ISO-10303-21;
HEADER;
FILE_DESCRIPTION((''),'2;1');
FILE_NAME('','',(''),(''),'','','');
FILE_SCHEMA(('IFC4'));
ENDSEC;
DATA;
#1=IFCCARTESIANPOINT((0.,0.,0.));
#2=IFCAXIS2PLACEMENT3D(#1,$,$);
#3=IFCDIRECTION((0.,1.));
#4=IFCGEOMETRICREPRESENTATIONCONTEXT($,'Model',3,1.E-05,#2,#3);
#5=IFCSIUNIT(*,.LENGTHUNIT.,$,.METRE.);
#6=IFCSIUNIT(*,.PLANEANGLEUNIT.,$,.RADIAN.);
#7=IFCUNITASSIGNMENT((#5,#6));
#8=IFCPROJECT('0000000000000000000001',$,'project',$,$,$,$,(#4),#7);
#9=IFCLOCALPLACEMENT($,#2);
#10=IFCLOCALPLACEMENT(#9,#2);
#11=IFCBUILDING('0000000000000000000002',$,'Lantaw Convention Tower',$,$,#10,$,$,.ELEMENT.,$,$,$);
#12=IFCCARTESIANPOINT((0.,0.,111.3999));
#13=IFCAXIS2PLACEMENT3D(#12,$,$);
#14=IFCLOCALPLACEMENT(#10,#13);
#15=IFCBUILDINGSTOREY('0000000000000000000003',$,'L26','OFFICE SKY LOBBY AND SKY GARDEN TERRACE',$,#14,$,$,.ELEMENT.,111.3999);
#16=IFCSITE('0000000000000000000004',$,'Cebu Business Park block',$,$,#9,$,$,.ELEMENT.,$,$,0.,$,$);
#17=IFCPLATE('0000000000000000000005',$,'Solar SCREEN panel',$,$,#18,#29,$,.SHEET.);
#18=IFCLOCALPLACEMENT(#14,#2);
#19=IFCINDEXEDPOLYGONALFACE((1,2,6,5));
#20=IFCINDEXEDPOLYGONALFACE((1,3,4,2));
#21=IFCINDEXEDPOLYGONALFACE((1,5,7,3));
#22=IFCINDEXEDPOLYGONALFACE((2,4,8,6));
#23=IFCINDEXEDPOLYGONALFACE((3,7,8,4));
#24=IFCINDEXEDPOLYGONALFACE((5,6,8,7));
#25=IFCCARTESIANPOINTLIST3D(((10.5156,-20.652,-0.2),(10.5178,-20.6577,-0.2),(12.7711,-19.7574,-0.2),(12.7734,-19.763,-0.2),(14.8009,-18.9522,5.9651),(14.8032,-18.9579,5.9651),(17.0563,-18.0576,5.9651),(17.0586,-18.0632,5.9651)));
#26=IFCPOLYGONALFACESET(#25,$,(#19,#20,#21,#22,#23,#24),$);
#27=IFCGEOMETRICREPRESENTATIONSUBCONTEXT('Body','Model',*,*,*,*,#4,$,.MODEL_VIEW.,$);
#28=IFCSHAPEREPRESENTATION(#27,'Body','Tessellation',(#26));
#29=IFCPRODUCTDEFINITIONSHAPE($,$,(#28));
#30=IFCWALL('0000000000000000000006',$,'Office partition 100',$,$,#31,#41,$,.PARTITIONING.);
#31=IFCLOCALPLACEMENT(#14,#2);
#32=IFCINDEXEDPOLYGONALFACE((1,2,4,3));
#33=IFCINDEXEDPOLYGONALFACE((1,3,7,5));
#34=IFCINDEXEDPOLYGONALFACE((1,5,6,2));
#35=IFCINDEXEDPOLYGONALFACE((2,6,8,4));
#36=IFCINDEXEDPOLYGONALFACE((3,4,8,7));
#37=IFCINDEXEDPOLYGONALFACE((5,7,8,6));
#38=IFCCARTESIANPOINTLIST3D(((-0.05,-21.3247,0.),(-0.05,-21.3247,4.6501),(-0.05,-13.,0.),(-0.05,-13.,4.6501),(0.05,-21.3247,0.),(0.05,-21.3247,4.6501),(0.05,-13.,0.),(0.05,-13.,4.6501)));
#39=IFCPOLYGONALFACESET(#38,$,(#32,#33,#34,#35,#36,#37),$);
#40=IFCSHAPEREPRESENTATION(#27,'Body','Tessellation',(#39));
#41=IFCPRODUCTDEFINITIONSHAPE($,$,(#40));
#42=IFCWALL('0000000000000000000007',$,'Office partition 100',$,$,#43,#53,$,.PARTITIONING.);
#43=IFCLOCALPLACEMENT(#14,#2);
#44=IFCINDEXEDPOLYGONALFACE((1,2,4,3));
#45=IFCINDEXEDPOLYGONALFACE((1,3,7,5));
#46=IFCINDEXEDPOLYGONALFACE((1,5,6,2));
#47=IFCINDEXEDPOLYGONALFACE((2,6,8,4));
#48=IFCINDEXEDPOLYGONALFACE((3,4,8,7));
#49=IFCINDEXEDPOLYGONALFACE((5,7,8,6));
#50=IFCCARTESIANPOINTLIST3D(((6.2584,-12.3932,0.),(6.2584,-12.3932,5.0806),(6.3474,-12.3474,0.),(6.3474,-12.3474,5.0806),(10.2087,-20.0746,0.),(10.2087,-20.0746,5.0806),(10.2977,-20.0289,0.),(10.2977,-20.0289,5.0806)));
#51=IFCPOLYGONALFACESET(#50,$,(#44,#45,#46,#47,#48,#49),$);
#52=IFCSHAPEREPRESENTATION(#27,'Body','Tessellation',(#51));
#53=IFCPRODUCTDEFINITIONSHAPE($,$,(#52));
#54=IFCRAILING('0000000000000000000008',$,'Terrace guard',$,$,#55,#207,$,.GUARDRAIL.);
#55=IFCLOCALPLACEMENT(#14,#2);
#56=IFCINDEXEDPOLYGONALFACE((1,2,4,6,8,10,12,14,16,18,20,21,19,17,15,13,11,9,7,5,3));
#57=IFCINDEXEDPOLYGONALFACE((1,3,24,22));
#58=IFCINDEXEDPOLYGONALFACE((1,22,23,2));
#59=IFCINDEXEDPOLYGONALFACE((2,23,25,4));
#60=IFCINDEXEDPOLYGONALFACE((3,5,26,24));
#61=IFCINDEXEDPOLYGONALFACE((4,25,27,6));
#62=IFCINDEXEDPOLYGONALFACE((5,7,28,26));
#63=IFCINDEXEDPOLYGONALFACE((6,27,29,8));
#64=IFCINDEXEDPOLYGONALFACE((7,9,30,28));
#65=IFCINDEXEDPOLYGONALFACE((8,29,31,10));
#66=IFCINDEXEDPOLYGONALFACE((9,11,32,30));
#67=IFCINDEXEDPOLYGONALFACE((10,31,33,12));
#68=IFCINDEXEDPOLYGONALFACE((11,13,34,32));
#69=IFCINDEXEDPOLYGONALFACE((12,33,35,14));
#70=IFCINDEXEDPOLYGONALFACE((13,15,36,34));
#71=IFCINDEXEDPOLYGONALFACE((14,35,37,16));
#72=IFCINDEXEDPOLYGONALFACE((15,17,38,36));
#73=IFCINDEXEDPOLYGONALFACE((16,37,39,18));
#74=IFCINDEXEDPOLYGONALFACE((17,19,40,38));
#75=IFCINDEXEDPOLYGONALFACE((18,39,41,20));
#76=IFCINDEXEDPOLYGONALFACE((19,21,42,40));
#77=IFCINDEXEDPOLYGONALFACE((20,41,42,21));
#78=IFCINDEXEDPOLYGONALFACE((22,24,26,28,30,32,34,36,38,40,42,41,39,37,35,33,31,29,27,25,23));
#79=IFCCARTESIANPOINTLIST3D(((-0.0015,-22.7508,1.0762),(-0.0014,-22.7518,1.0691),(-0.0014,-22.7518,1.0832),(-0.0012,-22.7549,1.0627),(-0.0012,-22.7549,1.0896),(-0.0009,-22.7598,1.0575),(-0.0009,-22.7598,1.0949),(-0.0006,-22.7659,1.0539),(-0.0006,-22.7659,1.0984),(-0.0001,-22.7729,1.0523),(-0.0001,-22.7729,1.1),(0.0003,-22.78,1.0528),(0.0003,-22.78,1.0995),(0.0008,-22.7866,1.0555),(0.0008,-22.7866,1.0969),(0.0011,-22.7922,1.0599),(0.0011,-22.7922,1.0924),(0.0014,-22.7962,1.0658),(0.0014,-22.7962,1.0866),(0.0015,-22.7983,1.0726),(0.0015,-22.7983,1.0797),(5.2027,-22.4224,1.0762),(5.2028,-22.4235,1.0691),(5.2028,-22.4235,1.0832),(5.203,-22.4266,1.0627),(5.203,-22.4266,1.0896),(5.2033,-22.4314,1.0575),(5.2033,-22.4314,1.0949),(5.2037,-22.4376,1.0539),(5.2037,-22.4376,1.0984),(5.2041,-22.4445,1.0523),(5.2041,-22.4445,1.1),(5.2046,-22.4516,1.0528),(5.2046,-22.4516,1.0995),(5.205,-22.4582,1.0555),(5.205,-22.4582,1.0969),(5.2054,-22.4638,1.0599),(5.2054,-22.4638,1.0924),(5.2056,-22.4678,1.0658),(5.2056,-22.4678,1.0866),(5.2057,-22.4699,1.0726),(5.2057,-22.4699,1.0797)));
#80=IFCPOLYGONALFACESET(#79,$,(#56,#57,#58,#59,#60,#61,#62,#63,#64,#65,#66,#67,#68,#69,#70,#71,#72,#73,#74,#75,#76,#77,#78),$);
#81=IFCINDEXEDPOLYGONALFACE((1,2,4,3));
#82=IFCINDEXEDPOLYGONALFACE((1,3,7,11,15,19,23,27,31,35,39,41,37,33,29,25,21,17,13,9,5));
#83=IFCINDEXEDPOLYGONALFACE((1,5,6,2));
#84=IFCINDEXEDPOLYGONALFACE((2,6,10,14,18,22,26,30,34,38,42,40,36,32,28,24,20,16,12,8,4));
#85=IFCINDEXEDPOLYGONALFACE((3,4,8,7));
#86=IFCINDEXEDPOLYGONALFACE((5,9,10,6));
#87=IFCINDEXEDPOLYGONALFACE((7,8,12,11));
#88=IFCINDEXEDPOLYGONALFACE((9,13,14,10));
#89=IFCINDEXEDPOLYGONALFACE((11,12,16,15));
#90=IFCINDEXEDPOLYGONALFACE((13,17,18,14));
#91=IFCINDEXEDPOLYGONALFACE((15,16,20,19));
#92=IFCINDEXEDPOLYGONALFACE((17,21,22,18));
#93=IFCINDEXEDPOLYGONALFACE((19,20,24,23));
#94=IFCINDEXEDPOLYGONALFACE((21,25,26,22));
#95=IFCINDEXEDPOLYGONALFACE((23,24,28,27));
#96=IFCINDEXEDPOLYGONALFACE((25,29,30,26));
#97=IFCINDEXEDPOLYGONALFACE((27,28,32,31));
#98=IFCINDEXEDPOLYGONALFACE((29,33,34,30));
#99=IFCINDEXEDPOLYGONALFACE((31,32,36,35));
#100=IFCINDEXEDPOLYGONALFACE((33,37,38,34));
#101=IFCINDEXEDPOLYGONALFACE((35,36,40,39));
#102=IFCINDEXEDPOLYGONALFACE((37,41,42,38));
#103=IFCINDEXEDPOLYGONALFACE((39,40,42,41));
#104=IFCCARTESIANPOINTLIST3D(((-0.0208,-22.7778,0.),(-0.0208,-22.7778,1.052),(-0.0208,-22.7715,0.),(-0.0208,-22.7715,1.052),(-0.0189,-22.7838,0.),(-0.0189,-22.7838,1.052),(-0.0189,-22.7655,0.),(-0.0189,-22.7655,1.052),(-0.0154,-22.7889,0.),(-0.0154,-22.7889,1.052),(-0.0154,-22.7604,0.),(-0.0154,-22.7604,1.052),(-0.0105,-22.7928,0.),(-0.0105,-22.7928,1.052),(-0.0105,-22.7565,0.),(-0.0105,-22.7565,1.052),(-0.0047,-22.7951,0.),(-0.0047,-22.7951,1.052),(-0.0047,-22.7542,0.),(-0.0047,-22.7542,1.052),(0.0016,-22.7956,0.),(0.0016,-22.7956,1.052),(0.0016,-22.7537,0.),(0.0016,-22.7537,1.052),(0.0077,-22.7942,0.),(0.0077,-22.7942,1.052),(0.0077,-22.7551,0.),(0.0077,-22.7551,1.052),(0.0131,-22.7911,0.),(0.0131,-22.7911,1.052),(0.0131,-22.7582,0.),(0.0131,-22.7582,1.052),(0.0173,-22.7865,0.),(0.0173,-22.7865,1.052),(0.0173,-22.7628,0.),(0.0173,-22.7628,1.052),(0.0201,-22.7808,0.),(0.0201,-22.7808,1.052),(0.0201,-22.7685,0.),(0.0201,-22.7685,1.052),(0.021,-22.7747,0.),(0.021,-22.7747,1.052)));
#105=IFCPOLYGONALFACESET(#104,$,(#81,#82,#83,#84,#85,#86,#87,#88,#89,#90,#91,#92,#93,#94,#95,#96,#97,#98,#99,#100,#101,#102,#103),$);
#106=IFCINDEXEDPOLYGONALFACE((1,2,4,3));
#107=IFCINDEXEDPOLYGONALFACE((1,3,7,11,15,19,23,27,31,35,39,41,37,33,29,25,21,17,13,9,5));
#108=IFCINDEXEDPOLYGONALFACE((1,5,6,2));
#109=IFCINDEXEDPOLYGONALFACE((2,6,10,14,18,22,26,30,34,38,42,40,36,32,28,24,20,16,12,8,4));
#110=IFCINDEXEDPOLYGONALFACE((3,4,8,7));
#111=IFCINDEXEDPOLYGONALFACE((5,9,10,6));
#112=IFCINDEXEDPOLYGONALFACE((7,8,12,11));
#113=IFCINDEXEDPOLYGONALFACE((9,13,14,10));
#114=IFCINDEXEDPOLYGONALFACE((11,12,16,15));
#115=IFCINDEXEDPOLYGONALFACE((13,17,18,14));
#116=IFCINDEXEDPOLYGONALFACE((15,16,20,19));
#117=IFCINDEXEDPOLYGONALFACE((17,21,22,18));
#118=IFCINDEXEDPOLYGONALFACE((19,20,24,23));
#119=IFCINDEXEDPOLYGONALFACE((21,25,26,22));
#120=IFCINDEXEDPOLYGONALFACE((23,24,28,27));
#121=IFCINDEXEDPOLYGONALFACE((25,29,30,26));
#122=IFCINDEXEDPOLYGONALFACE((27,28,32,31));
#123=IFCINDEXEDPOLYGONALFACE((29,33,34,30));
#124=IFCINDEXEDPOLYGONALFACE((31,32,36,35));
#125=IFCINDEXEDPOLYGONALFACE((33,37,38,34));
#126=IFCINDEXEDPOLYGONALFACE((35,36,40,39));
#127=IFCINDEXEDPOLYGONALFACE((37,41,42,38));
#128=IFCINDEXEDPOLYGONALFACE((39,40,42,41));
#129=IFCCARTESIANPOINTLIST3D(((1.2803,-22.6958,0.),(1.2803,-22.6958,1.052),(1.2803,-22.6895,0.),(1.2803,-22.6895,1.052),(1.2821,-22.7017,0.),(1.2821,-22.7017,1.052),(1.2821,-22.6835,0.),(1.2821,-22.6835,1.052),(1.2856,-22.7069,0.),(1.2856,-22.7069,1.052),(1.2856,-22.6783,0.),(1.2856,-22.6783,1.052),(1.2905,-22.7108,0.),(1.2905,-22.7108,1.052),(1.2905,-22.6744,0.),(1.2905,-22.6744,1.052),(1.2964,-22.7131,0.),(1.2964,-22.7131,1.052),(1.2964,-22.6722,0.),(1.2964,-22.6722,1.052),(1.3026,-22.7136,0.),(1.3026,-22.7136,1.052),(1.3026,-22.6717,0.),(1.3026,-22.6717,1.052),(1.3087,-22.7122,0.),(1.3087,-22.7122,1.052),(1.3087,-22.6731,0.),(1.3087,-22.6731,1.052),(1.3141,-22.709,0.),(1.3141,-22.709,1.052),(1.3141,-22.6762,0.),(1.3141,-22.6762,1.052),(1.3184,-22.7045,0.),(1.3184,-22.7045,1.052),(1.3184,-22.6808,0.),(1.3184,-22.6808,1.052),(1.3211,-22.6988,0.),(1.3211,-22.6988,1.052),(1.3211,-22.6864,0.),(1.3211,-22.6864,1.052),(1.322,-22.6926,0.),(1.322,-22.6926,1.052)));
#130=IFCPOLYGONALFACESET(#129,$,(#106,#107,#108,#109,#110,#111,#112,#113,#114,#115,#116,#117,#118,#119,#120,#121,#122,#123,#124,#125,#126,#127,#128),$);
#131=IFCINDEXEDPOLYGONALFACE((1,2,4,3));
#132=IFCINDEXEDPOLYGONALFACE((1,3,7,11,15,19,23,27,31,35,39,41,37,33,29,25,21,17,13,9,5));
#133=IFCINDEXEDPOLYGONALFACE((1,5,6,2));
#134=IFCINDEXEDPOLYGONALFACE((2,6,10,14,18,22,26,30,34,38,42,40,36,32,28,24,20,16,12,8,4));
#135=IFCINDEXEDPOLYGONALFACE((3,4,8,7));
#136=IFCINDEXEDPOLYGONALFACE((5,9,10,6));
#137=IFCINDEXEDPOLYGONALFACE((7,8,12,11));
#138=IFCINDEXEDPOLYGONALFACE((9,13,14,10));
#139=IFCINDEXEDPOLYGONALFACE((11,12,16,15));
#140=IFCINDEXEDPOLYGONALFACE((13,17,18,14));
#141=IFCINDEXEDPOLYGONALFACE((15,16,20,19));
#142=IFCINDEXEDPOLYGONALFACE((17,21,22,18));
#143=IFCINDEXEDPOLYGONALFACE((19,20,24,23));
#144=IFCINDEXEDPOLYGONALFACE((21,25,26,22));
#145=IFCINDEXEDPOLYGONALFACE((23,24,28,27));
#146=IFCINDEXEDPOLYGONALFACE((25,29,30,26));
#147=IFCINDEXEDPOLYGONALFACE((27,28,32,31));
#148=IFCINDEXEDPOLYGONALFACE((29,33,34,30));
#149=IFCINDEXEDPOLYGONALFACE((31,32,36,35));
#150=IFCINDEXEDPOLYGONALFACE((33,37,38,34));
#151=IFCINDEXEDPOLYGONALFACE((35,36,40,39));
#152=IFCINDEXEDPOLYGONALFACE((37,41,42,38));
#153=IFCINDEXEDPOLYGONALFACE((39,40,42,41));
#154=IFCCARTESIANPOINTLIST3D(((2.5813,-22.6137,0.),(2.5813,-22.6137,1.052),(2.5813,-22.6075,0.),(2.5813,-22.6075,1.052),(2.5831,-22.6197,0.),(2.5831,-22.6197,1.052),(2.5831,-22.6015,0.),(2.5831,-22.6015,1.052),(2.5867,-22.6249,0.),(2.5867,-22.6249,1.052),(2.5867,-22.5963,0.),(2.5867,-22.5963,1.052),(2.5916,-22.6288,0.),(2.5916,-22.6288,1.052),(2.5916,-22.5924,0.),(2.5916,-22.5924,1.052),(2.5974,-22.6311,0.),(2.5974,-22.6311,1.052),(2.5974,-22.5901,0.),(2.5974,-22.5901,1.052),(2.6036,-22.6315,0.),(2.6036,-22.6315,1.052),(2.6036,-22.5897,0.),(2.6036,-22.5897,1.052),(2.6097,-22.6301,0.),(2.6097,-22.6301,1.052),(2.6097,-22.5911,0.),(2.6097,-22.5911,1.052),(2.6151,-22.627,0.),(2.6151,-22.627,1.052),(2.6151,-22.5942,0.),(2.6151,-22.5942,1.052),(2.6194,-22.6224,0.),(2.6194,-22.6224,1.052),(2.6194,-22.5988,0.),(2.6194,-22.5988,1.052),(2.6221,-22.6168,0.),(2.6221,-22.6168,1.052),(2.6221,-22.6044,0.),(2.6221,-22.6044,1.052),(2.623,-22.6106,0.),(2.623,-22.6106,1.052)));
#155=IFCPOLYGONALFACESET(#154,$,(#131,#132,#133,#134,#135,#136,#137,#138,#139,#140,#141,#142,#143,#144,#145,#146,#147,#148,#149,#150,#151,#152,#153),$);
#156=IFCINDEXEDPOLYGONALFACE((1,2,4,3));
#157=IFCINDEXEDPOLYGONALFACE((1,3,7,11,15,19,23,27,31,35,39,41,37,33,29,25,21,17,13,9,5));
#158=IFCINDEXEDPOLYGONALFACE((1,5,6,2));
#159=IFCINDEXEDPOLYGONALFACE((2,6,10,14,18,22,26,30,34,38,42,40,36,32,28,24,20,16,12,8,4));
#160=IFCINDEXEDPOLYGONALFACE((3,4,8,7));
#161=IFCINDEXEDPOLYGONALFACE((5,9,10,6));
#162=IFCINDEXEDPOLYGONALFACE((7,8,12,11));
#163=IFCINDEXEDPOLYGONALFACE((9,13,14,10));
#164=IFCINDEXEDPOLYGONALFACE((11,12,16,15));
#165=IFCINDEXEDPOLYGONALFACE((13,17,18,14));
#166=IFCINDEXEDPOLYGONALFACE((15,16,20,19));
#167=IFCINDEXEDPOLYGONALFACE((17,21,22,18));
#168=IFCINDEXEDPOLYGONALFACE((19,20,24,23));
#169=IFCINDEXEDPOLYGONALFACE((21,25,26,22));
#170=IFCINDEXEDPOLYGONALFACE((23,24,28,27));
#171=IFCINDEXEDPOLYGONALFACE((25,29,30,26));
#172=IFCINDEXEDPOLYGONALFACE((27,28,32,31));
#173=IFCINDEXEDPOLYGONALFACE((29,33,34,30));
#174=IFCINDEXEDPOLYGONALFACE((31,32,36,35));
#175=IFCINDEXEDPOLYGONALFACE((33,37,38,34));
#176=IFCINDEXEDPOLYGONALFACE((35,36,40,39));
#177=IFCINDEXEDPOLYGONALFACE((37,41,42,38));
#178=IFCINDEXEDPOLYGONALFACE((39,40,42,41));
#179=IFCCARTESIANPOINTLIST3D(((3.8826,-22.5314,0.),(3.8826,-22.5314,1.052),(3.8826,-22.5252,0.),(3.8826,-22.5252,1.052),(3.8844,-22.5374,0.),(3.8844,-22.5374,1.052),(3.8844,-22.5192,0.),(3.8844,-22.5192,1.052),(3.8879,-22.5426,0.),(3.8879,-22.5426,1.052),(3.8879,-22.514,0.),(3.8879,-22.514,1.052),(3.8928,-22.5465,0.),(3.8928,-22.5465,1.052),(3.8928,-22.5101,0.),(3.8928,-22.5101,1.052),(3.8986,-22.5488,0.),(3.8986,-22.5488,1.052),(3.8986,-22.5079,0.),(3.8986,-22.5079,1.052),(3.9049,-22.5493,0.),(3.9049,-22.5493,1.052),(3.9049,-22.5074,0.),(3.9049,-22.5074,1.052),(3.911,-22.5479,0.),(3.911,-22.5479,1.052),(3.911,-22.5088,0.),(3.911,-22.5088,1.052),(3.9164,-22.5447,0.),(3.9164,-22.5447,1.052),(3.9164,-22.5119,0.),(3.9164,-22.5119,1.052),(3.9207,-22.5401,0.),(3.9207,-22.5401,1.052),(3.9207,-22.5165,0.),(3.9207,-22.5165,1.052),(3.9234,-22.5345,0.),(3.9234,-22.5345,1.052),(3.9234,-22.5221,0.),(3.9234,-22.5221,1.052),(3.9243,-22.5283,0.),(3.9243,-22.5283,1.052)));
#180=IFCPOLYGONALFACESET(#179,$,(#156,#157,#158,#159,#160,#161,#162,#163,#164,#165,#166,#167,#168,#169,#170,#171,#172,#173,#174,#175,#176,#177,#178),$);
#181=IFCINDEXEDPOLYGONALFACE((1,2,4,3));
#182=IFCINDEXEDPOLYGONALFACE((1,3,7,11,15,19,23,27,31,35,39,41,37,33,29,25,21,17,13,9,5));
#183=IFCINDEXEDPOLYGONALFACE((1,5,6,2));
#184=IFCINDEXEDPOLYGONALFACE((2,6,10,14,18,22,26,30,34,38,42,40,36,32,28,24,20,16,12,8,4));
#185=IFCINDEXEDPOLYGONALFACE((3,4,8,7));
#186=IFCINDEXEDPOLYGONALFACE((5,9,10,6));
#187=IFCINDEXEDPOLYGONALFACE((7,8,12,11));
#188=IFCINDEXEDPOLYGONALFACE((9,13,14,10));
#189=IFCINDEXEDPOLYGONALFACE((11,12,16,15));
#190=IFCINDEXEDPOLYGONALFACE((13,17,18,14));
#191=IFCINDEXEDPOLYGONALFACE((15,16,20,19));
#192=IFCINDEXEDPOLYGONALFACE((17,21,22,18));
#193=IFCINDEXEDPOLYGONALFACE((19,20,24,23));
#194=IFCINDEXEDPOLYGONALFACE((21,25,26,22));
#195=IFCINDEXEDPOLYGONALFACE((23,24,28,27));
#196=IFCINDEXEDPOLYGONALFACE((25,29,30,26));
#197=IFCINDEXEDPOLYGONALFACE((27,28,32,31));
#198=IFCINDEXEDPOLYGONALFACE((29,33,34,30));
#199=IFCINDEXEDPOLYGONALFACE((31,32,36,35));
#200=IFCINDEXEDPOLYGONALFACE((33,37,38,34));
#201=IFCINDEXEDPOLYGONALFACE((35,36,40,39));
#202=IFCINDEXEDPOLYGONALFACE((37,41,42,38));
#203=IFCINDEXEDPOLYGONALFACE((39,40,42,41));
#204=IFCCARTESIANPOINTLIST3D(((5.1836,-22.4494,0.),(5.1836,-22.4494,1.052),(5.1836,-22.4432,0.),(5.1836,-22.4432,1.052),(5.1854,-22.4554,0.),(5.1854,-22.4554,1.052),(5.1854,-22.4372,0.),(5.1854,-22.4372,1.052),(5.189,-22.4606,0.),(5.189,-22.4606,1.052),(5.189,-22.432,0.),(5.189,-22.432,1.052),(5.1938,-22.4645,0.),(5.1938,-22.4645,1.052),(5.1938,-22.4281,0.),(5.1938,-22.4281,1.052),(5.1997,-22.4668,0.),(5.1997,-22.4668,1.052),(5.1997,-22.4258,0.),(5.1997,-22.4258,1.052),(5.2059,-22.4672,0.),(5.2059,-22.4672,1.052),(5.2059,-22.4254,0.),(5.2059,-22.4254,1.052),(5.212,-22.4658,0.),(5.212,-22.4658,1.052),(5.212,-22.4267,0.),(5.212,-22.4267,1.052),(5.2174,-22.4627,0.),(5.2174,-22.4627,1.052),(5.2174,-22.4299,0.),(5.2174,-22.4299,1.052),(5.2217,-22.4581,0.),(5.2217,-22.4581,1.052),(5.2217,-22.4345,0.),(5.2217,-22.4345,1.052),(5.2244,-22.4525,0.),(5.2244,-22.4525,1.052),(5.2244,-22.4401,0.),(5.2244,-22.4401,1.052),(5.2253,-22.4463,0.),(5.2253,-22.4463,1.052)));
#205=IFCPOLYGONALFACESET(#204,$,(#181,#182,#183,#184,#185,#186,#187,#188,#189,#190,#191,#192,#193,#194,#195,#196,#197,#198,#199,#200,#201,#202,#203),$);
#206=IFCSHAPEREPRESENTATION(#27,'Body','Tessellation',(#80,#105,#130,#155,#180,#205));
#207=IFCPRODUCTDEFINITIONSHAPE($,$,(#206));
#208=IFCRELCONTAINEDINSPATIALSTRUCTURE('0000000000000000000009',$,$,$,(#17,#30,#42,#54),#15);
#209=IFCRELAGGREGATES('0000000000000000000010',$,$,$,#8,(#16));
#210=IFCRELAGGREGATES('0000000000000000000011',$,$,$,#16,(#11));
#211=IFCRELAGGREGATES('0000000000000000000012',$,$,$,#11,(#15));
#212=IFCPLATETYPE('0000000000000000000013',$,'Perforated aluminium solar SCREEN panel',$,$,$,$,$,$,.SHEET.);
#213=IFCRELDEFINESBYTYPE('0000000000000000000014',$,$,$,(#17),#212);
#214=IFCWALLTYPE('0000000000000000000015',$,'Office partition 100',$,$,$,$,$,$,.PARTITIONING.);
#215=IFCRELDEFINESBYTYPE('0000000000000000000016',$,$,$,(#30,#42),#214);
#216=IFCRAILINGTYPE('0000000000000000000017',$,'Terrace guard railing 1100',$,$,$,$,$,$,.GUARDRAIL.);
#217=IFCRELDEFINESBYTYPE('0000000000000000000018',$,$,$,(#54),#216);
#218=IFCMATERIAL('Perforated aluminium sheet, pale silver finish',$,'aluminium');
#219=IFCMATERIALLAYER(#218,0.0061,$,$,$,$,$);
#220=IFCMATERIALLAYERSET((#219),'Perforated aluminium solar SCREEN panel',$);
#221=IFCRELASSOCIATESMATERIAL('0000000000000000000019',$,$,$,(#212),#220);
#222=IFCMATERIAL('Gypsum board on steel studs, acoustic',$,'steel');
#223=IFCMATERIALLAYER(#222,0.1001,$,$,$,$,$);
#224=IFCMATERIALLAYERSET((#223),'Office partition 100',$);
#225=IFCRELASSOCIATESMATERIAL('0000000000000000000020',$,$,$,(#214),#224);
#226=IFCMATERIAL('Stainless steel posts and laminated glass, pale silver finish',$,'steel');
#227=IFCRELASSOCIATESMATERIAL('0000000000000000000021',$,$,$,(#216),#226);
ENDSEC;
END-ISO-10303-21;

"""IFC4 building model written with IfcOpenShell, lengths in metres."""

from ifc_helpers import new_model, si_unit, direction, frame, frame_2d, origin, origin_2d, place, context, subcontext, project, spatial, polyline, rectangle, circle, outline, extrude, material, layer, layer_set, type_object, element, save


model = new_model("IFC4")

# Units and contexts
model_context = context("Model", 3, precision=1e-05, world=origin(), true_north=direction((0.0, 1.0)))
body_context = subcontext(model_context, "Body", "Model", "MODEL_VIEW")
ifc_project = project(units=[si_unit("LENGTHUNIT", "METRE"), si_unit("PLANEANGLEUNIT", "RADIAN")], contexts=[model_context])

# Site, building, storey
site_placement = place(None, origin())
site = spatial("IfcSite", under=ifc_project, at=site_placement, Name="Cebu Business Park block", CompositionType="ELEMENT", RefElevation=0.0)
building_placement = place(site_placement, origin())
building = spatial("IfcBuilding", under=site, at=building_placement, Name="Lantaw Convention Tower", CompositionType="ELEMENT")
storey_placement = place(building_placement, frame((0.0, 0.0, 111.3999)))
storey = spatial("IfcBuildingStorey", under=building, at=storey_placement, Name="L26", Description="OFFICE SKY LOBBY AND SKY GARDEN TERRACE", CompositionType="ELEMENT", Elevation=111.3999)

# Plate
ifc_material_1 = material(Name="Perforated aluminium sheet, pale silver finish", Category="aluminium")
ifc_layer_1 = layer(ifc_material_1, 0.0061)
ifc_layer_set_1 = layer_set([ifc_layer_1], Name="Perforated aluminium solar SCREEN panel")
plate_type_1 = type_object("IfcPlateType", Name="Perforated aluminium solar SCREEN panel", PredefinedType="SHEET", material=ifc_layer_set_1)
plate_1_placement = place(storey_placement, frame((10.5178, -20.6577, -0.2), z_axis=(0.368709, -0.929545, 0.000008), x_axis=(0.929545, 0.368709, 0.0)))
element("IfcPlate", 1, at=plate_1_placement, inside=storey, type_object=plate_type_1, Name="Solar SCREEN panel", PredefinedType="SHEET", context=body_context, shape_type="SweptSolid", body=[
    extrude(outline(polyline([(0.0, 0.0), (2.4265, 0.0), (7.0365, 6.165), (4.6102, 6.165), (0.0, 0.0)])), origin(), (0.0, 0.0, -1.0), 0.0061),
])

# Walls
ifc_material_2 = material(Name="Gypsum board on steel studs, acoustic", Category="steel")
ifc_layer_2 = layer(ifc_material_2, 0.1001)
ifc_layer_set_2 = layer_set([ifc_layer_2], Name="Office partition 100")
wall_type = type_object("IfcWallType", Name="Office partition 100", PredefinedType="PARTITIONING", material=ifc_layer_set_2)
wall_1_placement = place(storey_placement, frame((0.0, -21.3247, 0.0), z_axis=(0.0, 0.0, 1.0), x_axis=(0.0, 1.0, 0.0)))
element("IfcWall", 2, at=wall_1_placement, inside=storey, type_object=wall_type, Name="Office partition 100", PredefinedType="PARTITIONING", context=body_context, shape_type="SweptSolid", body=[
    extrude(rectangle(XDim=8.3247, YDim=0.1001, at=frame_2d((4.1624, 0.0))), origin(), (0.0, 0.0, 1.0), 4.6501),
])
wall_2_placement = place(storey_placement, frame((10.2532, -20.0518, 0.0), z_axis=(0.0, 0.0, 1.0), x_axis=(-0.457326, 0.889299, 0.0)))
element("IfcWall", 3, at=wall_2_placement, inside=storey, type_object=wall_type, Name="Office partition 100", PredefinedType="PARTITIONING", context=body_context, shape_type="SweptSolid", body=[
    extrude(rectangle(XDim=8.6377, YDim=0.1001, at=frame_2d((4.3188, 0.0))), origin(), (0.0, 0.0, 1.0), 5.0806),
])

# Railing
ifc_material_3 = material(Name="Stainless steel posts and laminated glass, pale silver finish", Category="steel")
railing_type = type_object("IfcRailingType", Name="Terrace guard railing 1100", PredefinedType="GUARDRAIL", material=ifc_material_3)
railing_1_placement = place(storey_placement, frame((0.0, -22.7747, 0.0)))
element("IfcRailing", 4, at=railing_1_placement, inside=storey, type_object=railing_type, Name="Terrace guard", PredefinedType="GUARDRAIL", context=body_context, shape_type="SweptSolid", body=[
    extrude(circle(Radius=0.0239, at=origin_2d()), frame((0.0, 0.0, 1.0762), z_axis=(0.998015, 0.06297, 0.0), x_axis=(-0.06297, 0.998015, 0.0)), (0.0, 0.0, 1.0), 5.2146),
    extrude(circle(Radius=0.021, at=origin_2d()), origin(), (0.0, 0.0, 1.0), 1.052),
    extrude(circle(Radius=0.021, at=origin_2d()), frame((1.301, 0.082, 0.0)), (0.0, 0.0, 1.0), 1.052),
    extrude(circle(Radius=0.021, at=origin_2d()), frame((2.6021, 0.1641, 0.0)), (0.0, 0.0, 1.0), 1.052),
    extrude(circle(Radius=0.021, at=origin_2d()), frame((3.9033, 0.2463, 0.0)), (0.0, 0.0, 1.0), 1.052),
    extrude(circle(Radius=0.021, at=origin_2d()), frame((5.2043, 0.3284, 0.0)), (0.0, 0.0, 1.0), 1.052),
])

save(model, "model.ifc")
